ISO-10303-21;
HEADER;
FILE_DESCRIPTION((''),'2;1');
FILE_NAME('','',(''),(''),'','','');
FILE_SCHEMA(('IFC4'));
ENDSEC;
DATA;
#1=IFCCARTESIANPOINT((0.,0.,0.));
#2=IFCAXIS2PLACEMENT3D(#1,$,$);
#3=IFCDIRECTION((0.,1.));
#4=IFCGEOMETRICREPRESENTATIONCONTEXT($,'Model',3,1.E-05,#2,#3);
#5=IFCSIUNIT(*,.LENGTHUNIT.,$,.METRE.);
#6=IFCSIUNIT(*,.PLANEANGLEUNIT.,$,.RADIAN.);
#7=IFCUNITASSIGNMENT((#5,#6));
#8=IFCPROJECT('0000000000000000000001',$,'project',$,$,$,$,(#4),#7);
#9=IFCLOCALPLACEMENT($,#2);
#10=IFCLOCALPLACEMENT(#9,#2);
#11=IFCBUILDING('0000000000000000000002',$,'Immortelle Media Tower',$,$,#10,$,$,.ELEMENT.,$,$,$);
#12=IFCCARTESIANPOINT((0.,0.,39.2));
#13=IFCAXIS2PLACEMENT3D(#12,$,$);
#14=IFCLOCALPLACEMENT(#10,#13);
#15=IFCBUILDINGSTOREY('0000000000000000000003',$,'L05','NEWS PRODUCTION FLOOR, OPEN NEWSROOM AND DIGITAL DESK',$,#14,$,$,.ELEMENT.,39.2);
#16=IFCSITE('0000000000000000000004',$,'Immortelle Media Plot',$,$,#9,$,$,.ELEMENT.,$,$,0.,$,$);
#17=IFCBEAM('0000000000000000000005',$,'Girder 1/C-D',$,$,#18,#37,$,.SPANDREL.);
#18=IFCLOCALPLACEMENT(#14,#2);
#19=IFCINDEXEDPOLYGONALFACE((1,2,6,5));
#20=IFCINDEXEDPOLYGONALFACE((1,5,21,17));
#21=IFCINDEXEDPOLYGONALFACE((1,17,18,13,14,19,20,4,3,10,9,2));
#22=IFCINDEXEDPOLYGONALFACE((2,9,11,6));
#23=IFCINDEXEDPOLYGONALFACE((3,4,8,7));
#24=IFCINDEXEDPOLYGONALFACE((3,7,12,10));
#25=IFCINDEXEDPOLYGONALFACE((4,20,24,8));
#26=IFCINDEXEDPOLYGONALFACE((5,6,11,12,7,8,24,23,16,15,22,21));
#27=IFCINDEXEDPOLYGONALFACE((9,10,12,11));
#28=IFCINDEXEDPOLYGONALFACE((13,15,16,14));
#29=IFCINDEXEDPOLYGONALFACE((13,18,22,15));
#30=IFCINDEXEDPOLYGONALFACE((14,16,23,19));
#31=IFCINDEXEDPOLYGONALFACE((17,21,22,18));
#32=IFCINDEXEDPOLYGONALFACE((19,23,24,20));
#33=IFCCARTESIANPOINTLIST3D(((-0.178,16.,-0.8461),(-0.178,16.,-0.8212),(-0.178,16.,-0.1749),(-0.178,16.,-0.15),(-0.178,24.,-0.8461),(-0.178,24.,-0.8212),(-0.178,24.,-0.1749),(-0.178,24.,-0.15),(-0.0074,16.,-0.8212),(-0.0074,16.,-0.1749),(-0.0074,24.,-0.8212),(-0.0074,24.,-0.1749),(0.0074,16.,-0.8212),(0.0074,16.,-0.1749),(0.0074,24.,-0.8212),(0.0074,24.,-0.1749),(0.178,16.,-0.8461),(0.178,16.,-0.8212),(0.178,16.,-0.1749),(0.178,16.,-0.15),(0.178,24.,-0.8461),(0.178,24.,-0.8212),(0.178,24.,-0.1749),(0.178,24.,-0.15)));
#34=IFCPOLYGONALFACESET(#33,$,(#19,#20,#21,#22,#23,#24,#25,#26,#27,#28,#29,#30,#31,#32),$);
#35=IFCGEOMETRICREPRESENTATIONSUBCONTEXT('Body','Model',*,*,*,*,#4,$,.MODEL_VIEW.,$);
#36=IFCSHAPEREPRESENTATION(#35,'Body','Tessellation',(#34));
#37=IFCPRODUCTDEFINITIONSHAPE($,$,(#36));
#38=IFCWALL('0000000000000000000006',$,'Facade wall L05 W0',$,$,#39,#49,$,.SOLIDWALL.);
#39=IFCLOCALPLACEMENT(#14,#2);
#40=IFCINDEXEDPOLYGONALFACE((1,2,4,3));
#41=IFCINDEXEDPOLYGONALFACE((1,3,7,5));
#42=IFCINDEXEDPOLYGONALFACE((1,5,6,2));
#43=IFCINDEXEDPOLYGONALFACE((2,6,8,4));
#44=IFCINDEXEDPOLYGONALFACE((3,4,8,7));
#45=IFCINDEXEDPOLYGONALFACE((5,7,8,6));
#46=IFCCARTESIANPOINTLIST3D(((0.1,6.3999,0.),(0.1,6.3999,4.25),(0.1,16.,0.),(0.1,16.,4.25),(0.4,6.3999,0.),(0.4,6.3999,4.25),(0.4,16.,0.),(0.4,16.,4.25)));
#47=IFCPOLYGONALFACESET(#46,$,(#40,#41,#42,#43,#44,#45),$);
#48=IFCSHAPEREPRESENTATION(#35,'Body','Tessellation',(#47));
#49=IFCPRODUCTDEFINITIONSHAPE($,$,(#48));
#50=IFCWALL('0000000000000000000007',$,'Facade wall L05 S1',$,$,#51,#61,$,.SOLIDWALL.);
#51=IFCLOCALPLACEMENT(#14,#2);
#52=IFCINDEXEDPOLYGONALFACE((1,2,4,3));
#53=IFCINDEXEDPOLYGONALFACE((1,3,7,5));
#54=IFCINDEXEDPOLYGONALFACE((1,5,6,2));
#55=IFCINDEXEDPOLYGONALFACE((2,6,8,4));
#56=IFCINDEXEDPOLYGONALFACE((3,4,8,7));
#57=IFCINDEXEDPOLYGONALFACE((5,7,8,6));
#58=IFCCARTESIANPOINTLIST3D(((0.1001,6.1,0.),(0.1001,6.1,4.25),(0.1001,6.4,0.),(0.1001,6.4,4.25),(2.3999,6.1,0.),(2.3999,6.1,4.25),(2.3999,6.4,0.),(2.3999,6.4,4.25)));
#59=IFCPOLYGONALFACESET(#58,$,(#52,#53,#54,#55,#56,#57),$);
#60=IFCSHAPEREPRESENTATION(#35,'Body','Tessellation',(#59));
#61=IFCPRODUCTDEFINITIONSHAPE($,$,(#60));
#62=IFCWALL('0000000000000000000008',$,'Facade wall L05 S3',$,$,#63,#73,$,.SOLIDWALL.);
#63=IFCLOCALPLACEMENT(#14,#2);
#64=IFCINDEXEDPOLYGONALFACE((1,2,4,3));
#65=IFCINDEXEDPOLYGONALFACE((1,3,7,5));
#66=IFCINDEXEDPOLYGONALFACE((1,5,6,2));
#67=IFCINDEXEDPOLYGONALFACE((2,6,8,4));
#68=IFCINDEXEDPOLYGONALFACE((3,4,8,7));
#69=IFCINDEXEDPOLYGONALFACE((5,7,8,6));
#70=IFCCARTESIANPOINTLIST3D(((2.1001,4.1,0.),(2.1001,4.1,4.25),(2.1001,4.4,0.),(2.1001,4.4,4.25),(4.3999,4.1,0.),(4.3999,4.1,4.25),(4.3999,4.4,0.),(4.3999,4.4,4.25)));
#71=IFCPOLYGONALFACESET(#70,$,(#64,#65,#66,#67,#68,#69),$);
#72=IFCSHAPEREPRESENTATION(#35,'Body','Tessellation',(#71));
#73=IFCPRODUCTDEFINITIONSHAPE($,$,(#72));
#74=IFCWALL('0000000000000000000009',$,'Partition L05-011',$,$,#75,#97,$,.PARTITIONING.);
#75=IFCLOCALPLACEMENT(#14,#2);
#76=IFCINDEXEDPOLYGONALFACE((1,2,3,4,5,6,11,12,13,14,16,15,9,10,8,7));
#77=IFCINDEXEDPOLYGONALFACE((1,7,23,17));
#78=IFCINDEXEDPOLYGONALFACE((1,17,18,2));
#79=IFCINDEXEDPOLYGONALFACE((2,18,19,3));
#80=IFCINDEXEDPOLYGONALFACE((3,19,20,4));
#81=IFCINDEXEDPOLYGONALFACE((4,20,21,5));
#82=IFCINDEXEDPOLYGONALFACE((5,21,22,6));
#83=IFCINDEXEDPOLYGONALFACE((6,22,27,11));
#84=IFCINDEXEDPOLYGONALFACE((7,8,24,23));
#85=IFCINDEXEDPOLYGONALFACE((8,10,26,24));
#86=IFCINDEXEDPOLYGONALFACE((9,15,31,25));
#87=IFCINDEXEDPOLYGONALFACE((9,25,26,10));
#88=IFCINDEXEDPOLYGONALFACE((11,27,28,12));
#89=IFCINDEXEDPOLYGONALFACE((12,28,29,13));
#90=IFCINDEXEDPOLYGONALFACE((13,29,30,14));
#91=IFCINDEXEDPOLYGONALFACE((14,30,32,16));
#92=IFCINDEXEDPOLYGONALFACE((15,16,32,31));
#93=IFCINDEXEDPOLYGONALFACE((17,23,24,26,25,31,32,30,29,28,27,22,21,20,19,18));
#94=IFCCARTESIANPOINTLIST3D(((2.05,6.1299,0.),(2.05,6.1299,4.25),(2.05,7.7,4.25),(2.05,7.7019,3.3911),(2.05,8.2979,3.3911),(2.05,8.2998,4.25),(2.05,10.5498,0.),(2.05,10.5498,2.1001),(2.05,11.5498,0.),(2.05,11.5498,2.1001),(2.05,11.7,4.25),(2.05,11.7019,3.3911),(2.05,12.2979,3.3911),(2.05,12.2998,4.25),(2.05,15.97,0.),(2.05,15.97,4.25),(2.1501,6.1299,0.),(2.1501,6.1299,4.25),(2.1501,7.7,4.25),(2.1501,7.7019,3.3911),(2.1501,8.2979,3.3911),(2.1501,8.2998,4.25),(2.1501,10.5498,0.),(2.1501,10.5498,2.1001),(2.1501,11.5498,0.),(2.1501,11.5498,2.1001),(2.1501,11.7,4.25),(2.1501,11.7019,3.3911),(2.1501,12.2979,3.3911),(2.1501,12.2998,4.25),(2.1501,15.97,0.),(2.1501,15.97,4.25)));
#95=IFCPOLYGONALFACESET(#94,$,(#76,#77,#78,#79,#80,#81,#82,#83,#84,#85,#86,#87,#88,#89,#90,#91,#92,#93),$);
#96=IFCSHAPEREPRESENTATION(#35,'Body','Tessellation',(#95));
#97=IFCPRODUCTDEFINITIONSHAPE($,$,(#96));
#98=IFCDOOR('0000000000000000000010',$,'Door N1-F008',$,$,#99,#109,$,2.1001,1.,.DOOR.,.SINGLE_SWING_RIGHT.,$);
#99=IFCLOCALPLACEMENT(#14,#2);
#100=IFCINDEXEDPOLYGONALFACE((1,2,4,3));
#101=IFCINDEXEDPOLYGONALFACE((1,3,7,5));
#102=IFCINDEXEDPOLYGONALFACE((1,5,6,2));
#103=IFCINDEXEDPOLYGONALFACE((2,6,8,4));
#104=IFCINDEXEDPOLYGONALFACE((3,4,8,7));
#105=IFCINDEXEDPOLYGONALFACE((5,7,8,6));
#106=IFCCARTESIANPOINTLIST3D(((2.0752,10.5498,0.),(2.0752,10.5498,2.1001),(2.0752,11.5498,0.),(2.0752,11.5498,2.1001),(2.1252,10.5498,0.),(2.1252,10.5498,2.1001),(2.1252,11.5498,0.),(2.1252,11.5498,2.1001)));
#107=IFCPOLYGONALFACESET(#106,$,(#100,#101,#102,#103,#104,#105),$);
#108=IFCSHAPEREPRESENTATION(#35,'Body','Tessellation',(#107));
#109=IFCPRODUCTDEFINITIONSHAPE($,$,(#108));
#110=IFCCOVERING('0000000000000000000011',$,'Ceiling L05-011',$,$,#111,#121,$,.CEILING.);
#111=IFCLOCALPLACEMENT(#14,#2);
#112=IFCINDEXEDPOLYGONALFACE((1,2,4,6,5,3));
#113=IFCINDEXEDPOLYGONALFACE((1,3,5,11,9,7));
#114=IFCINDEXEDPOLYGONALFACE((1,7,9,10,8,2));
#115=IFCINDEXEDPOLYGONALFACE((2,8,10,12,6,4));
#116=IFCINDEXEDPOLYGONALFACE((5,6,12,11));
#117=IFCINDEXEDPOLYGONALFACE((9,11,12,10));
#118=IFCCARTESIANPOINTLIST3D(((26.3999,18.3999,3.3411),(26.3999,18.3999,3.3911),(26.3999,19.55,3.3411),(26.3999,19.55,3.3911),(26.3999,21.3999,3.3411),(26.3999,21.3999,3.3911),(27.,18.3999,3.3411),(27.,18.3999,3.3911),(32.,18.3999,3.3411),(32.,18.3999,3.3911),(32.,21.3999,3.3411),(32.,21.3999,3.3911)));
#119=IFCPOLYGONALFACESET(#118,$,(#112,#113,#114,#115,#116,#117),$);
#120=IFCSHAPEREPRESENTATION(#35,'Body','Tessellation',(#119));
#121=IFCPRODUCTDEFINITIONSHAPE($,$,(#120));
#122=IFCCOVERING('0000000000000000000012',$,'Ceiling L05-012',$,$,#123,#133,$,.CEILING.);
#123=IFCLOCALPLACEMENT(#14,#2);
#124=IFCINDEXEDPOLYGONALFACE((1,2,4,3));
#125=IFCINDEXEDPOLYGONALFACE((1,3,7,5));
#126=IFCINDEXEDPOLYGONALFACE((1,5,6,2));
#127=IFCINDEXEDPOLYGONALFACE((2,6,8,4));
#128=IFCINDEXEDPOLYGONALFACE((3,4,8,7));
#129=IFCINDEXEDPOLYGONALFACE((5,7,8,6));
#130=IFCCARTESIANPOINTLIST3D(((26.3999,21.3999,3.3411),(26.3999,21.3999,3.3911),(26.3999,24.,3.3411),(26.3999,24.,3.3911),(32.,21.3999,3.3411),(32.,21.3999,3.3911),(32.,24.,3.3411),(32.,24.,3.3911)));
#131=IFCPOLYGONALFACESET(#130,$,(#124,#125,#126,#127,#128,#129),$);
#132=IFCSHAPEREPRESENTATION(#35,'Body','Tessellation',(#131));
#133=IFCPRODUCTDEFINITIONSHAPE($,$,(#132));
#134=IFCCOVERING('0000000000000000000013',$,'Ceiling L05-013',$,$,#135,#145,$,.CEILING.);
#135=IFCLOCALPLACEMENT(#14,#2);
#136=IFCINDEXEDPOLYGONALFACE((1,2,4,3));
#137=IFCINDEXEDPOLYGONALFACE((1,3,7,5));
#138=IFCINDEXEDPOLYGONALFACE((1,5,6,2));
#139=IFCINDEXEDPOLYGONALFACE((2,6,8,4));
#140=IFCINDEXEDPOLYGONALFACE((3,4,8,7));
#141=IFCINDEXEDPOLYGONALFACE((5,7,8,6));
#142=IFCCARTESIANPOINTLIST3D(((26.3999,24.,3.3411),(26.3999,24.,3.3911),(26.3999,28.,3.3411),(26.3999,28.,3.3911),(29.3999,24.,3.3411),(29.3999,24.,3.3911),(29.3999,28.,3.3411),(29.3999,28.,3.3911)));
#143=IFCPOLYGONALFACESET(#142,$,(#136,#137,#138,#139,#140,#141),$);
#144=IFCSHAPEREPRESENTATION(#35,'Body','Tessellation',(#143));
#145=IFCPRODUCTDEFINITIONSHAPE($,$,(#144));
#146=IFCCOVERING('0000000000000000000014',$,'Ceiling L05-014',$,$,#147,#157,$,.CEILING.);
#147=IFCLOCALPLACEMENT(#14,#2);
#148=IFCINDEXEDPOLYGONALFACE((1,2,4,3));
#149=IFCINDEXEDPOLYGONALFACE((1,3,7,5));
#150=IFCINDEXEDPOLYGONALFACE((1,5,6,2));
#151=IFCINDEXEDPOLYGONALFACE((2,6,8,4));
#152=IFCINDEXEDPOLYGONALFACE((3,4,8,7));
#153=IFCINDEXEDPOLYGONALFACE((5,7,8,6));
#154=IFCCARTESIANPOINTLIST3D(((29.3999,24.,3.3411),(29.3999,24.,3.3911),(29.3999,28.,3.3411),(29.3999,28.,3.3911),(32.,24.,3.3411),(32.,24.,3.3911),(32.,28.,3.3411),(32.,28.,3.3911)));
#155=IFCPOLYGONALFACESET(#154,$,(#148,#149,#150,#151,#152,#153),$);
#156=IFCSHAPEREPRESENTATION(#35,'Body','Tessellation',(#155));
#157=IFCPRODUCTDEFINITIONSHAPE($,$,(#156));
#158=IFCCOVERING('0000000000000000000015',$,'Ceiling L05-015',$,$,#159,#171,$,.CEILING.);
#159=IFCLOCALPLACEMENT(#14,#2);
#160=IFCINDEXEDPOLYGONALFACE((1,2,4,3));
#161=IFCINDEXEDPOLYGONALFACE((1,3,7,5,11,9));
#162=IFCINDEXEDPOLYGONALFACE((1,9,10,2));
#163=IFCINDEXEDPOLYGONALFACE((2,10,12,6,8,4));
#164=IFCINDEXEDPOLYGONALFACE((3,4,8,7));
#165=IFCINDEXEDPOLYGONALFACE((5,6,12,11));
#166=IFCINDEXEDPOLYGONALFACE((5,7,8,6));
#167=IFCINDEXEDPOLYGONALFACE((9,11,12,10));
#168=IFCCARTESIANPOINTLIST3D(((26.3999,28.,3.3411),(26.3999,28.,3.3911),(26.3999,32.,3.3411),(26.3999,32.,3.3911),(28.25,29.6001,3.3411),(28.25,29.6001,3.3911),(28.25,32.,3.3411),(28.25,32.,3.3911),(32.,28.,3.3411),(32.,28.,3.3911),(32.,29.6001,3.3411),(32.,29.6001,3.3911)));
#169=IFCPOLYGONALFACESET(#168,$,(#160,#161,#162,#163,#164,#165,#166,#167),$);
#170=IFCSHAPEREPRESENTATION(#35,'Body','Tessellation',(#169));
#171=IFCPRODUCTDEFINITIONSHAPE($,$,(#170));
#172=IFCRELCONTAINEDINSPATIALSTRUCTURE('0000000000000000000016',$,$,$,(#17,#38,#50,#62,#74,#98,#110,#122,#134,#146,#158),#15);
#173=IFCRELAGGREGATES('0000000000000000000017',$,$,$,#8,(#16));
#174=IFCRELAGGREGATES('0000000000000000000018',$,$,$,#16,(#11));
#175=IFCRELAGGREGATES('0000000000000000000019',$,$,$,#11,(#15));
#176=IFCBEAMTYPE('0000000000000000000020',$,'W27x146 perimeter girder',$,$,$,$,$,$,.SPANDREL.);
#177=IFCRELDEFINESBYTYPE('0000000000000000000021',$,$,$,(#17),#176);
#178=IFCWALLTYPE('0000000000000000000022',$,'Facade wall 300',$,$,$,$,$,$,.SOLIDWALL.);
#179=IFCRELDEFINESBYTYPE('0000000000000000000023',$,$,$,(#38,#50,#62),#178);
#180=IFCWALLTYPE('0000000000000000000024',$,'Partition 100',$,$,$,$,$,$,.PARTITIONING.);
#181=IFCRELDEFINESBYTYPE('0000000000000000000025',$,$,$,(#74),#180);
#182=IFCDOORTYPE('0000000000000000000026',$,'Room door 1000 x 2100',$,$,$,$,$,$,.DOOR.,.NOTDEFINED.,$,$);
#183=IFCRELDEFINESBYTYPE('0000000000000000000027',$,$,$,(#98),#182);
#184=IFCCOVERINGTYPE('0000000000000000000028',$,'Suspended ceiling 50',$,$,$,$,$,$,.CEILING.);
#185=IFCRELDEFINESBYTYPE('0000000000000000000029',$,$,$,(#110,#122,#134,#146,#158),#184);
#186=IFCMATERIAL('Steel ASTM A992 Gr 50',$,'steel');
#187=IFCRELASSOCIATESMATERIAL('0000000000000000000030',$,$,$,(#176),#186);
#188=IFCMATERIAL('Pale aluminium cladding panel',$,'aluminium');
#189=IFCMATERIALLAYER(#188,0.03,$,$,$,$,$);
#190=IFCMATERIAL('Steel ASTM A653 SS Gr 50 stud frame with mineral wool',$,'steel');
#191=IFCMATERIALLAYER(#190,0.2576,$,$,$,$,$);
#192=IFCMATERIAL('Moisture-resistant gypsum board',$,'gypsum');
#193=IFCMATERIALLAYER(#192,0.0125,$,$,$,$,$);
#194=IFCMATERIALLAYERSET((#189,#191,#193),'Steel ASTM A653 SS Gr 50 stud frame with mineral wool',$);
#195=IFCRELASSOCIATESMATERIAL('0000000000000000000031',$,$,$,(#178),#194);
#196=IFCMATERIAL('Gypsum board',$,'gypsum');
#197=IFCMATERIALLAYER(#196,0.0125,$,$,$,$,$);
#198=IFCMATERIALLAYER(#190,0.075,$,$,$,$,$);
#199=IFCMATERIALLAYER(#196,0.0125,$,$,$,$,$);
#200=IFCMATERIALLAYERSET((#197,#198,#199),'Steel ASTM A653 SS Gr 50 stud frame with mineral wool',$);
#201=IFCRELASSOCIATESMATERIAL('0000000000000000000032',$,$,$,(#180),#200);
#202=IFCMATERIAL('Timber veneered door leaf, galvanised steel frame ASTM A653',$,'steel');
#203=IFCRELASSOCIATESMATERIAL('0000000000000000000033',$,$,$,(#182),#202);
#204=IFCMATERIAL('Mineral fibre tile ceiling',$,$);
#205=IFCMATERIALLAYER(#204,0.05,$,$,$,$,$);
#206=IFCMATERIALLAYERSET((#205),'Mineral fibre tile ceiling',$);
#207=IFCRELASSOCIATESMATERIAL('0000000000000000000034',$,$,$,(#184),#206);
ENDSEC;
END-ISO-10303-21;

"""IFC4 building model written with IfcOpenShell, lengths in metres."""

from ifc_helpers import new_model, si_unit, direction, frame, frame_2d, origin, origin_2d, place, context, subcontext, project, spatial, polyline, rectangle, i_section, outline, extrude, material, layer, layer_set, material_profile, profile_set, type_object, element, fill, save


model = new_model("IFC4")

# Units and contexts
model_context = context("Model", 3, precision=1e-05, world=origin(), true_north=direction((0.0, 1.0)))
body_context = subcontext(model_context, "Body", "Model", "MODEL_VIEW")
ifc_project = project(units=[si_unit("LENGTHUNIT", "METRE"), si_unit("PLANEANGLEUNIT", "RADIAN")], contexts=[model_context])

# Site, building, storey
site_placement = place(None, origin())
site = spatial("IfcSite", under=ifc_project, at=site_placement, Name="Immortelle Media Plot", CompositionType="ELEMENT", RefElevation=0.0)
building_placement = place(site_placement, origin())
building = spatial("IfcBuilding", under=site, at=building_placement, Name="Immortelle Media Tower", CompositionType="ELEMENT")
storey_placement = place(building_placement, frame((0.0, 0.0, 39.2)))
storey = spatial("IfcBuildingStorey", under=building, at=storey_placement, Name="L05", Description="NEWS PRODUCTION FLOOR, OPEN NEWSROOM AND DIGITAL DESK", CompositionType="ELEMENT", Elevation=39.2)

# Shared definitions
ifc_material_1 = material(Name="Steel ASTM A992 Gr 50", Category="steel")

# Beam
ifc_material_profile_1 = material_profile(ifc_material_1, i_section(OverallWidth=0.356, OverallDepth=0.696, WebThickness=0.0149, FlangeThickness=0.0249, at=origin_2d()), Name="W27x146")
ifc_profile_set_1 = profile_set([ifc_material_profile_1], Name="Steel ASTM A992 Gr 50")
beam_type_1 = type_object("IfcBeamType", Name="W27x146 perimeter girder", PredefinedType="SPANDREL", material=ifc_profile_set_1)
for number, where, z_axis, x_axis, name in (
    (1, (0.0, 16.0, -0.498), (0.0, 1.0, 0.0), (-1.0, 0.0, 0.0), "Girder 1/C-D"),
):
    element("IfcBeam", number, at=place(storey_placement, frame(where, z_axis=z_axis, x_axis=x_axis)), inside=storey, type_object=beam_type_1, Name=name, PredefinedType="SPANDREL", context=body_context, shape_type="SweptSolid", body=[
        extrude(i_section(OverallWidth=0.356, OverallDepth=0.696, WebThickness=0.0149, FlangeThickness=0.0249, at=origin_2d()), origin(), (0.0, 0.0, 1.0), 8.0),
    ])

# Walls
ifc_material_2 = material(Name="Pale aluminium cladding panel", Category="aluminium")
ifc_layer_1 = layer(ifc_material_2, 0.03)
ifc_material_3 = material(Name="Steel ASTM A653 SS Gr 50 stud frame with mineral wool", Category="steel")
ifc_layer_2 = layer(ifc_material_3, 0.2576)
ifc_material_4 = material(Name="Moisture-resistant gypsum board", Category="gypsum")
ifc_layer_3 = layer(ifc_material_4, 0.0125)
ifc_layer_set_1 = layer_set([ifc_layer_1, ifc_layer_2, ifc_layer_3], Name="Steel ASTM A653 SS Gr 50 stud frame with mineral wool")
wall_type_1 = type_object("IfcWallType", Name="Facade wall 300", PredefinedType="SOLIDWALL", material=ifc_layer_set_1)
wall_1_placement = place(storey_placement, frame((0.25, 16.0, 0.0), z_axis=(0.0, 0.0, 1.0), x_axis=(0.0, -1.0, 0.0)))
element("IfcWall", 2, at=wall_1_placement, inside=storey, type_object=wall_type_1, Name="Facade wall L05 W0", PredefinedType="SOLIDWALL", context=body_context, shape_type="SweptSolid", body=[
    extrude(rectangle(XDim=9.6001, YDim=0.3, at=frame_2d((4.8, 0.0))), origin(), (0.0, 0.0, 1.0), 4.25),
])
for number, where, z_axis, x_axis, name in (
    (3, (0.1001, 6.25, 0.0), (0.0, 0.0, 1.0), (1.0, 0.0, 0.0), "Facade wall L05 S1"),
    (4, (2.1001, 4.25, 0.0), (0.0, 0.0, 1.0), (1.0, 0.0, 0.0), "Facade wall L05 S3"),
):
    element("IfcWall", number, at=place(storey_placement, frame(where, z_axis=z_axis, x_axis=x_axis)), inside=storey, type_object=wall_type_1, Name=name, PredefinedType="SOLIDWALL", context=body_context, shape_type="SweptSolid", body=[
        extrude(rectangle(XDim=2.2998, YDim=0.3, at=frame_2d((1.1499, 0.0))), origin(), (0.0, 0.0, 1.0), 4.25),
    ])

# Wall, opening, door
ifc_material_5 = material(Name="Gypsum board", Category="gypsum")
ifc_layer_4 = layer(ifc_material_5, 0.0125)
ifc_layer_5 = layer(ifc_material_3, 0.075)
ifc_layer_6 = layer(ifc_material_5, 0.0125)
ifc_layer_set_2 = layer_set([ifc_layer_4, ifc_layer_5, ifc_layer_6], Name="Steel ASTM A653 SS Gr 50 stud frame with mineral wool")
wall_type_2 = type_object("IfcWallType", Name="Partition 100", PredefinedType="PARTITIONING", material=ifc_layer_set_2)
wall_2_placement = place(storey_placement, frame((2.1001, 6.1299, 0.0), z_axis=(0.0, 0.0, 1.0), x_axis=(0.0, 1.0, 0.0)))
wall_2 = element("IfcWall", 5, at=wall_2_placement, inside=storey, type_object=wall_type_2, Name="Partition L05-011", PredefinedType="PARTITIONING", context=body_context, shape_type="SweptSolid", body=[
    extrude(outline(polyline([(0.0, 0.0), (9.8401, 0.0), (9.8401, 4.25), (6.1699, 4.25), (6.168, 3.3911), (5.572, 3.3911), (5.5701, 4.25), (2.1699, 4.25), (2.168, 3.3911), (1.572, 3.3911), (1.5701, 4.25), (0.0, 4.25), (0.0, 0.0)])), frame((0.0, 0.05, 0.0), z_axis=(0.0, -1.0, 0.0), x_axis=(1.0, 0.0, 0.0)), (0.0, 0.0, 1.0), 0.1001),
])
opening_placement = place(wall_2_placement, frame((4.4199, 0.0, 0.0)))
opening = element("IfcOpeningElement", 6, at=opening_placement, cuts=wall_2, PredefinedType="OPENING", context=body_context, shape_type="SweptSolid", body=[
    extrude(rectangle(XDim=1.0, YDim=2.1001, at=frame_2d((0.5, 1.05))), frame((0.0, 0.0601, 0.0), z_axis=(0.0, -1.0, 0.0), x_axis=(1.0, 0.0, 0.0)), (0.0, 0.0, 1.0), 0.1201),
])
ifc_material_6 = material(Name="Timber veneered door leaf, galvanised steel frame ASTM A653", Category="steel")
door_type = type_object("IfcDoorType", Name="Room door 1000 x 2100", OperationType="NOTDEFINED", PredefinedType="DOOR", material=ifc_material_6)
door_placement = place(opening_placement, origin())
door = element("IfcDoor", 7, at=door_placement, inside=storey, type_object=door_type, Name="Door N1-F008", OperationType="SINGLE_SWING_RIGHT", OverallHeight=2.1001, OverallWidth=1.0, PredefinedType="DOOR", context=body_context, shape_type="SweptSolid", body=[
    extrude(rectangle(XDim=1.0, YDim=2.1001, at=frame_2d((0.5, 1.05))), frame((0.0, 0.0249, 0.0), z_axis=(0.0, -1.0, 0.0), x_axis=(1.0, 0.0, 0.0)), (0.0, 0.0, 1.0), 0.05),
])
fill(opening, door)

# Coverings
ifc_material_7 = material(Name="Mineral fibre tile ceiling")
ifc_layer_7 = layer(ifc_material_7, 0.05)
ifc_layer_set_3 = layer_set([ifc_layer_7], Name="Mineral fibre tile ceiling")
covering_type = type_object("IfcCoveringType", Name="Suspended ceiling 50", PredefinedType="CEILING", material=ifc_layer_set_3)
covering_1_placement = place(storey_placement, frame((0.0, 0.0, 3.3411)))
element("IfcCovering", 8, at=covering_1_placement, inside=storey, type_object=covering_type, Name="Ceiling L05-011", PredefinedType="CEILING", context=body_context, shape_type="SweptSolid", body=[
    extrude(outline(polyline([(27.0, 18.3999), (26.3999, 18.3999), (26.3999, 19.55), (26.3999, 21.3999), (32.0, 21.3999), (32.0, 18.3999), (27.0, 18.3999)])), origin(), (0.0, 0.0, 1.0), 0.05),
])
covering_2_placement = place(storey_placement, frame((0.0, 0.0, 3.3411)))
element("IfcCovering", 9, at=covering_2_placement, inside=storey, type_object=covering_type, Name="Ceiling L05-012", PredefinedType="CEILING", context=body_context, shape_type="SweptSolid", body=[
    extrude(outline(polyline([(26.3999, 24.0), (32.0, 24.0), (32.0, 21.3999), (26.3999, 21.3999), (26.3999, 24.0)])), origin(), (0.0, 0.0, 1.0), 0.05),
])
covering_3_placement = place(storey_placement, frame((0.0, 0.0, 3.3411)))
element("IfcCovering", 10, at=covering_3_placement, inside=storey, type_object=covering_type, Name="Ceiling L05-013", PredefinedType="CEILING", context=body_context, shape_type="SweptSolid", body=[
    extrude(outline(polyline([(29.3999, 28.0), (29.3999, 24.0), (26.3999, 24.0), (26.3999, 28.0), (29.3999, 28.0)])), origin(), (0.0, 0.0, 1.0), 0.05),
])
covering_4_placement = place(storey_placement, frame((0.0, 0.0, 3.3411)))
element("IfcCovering", 11, at=covering_4_placement, inside=storey, type_object=covering_type, Name="Ceiling L05-014", PredefinedType="CEILING", context=body_context, shape_type="SweptSolid", body=[
    extrude(outline(polyline([(32.0, 28.0), (32.0, 24.0), (29.3999, 24.0), (29.3999, 28.0), (32.0, 28.0)])), origin(), (0.0, 0.0, 1.0), 0.05),
])
covering_5_placement = place(storey_placement, frame((0.0, 0.0, 3.3411)))
element("IfcCovering", 12, at=covering_5_placement, inside=storey, type_object=covering_type, Name="Ceiling L05-015", PredefinedType="CEILING", context=body_context, shape_type="SweptSolid", body=[
    extrude(outline(polyline([(26.3999, 32.0), (28.25, 32.0), (28.25, 29.6001), (32.0, 29.6001), (32.0, 28.0), (26.3999, 28.0), (26.3999, 32.0)])), origin(), (0.0, 0.0, 1.0), 0.05),
])

save(model, "model.ifc")
